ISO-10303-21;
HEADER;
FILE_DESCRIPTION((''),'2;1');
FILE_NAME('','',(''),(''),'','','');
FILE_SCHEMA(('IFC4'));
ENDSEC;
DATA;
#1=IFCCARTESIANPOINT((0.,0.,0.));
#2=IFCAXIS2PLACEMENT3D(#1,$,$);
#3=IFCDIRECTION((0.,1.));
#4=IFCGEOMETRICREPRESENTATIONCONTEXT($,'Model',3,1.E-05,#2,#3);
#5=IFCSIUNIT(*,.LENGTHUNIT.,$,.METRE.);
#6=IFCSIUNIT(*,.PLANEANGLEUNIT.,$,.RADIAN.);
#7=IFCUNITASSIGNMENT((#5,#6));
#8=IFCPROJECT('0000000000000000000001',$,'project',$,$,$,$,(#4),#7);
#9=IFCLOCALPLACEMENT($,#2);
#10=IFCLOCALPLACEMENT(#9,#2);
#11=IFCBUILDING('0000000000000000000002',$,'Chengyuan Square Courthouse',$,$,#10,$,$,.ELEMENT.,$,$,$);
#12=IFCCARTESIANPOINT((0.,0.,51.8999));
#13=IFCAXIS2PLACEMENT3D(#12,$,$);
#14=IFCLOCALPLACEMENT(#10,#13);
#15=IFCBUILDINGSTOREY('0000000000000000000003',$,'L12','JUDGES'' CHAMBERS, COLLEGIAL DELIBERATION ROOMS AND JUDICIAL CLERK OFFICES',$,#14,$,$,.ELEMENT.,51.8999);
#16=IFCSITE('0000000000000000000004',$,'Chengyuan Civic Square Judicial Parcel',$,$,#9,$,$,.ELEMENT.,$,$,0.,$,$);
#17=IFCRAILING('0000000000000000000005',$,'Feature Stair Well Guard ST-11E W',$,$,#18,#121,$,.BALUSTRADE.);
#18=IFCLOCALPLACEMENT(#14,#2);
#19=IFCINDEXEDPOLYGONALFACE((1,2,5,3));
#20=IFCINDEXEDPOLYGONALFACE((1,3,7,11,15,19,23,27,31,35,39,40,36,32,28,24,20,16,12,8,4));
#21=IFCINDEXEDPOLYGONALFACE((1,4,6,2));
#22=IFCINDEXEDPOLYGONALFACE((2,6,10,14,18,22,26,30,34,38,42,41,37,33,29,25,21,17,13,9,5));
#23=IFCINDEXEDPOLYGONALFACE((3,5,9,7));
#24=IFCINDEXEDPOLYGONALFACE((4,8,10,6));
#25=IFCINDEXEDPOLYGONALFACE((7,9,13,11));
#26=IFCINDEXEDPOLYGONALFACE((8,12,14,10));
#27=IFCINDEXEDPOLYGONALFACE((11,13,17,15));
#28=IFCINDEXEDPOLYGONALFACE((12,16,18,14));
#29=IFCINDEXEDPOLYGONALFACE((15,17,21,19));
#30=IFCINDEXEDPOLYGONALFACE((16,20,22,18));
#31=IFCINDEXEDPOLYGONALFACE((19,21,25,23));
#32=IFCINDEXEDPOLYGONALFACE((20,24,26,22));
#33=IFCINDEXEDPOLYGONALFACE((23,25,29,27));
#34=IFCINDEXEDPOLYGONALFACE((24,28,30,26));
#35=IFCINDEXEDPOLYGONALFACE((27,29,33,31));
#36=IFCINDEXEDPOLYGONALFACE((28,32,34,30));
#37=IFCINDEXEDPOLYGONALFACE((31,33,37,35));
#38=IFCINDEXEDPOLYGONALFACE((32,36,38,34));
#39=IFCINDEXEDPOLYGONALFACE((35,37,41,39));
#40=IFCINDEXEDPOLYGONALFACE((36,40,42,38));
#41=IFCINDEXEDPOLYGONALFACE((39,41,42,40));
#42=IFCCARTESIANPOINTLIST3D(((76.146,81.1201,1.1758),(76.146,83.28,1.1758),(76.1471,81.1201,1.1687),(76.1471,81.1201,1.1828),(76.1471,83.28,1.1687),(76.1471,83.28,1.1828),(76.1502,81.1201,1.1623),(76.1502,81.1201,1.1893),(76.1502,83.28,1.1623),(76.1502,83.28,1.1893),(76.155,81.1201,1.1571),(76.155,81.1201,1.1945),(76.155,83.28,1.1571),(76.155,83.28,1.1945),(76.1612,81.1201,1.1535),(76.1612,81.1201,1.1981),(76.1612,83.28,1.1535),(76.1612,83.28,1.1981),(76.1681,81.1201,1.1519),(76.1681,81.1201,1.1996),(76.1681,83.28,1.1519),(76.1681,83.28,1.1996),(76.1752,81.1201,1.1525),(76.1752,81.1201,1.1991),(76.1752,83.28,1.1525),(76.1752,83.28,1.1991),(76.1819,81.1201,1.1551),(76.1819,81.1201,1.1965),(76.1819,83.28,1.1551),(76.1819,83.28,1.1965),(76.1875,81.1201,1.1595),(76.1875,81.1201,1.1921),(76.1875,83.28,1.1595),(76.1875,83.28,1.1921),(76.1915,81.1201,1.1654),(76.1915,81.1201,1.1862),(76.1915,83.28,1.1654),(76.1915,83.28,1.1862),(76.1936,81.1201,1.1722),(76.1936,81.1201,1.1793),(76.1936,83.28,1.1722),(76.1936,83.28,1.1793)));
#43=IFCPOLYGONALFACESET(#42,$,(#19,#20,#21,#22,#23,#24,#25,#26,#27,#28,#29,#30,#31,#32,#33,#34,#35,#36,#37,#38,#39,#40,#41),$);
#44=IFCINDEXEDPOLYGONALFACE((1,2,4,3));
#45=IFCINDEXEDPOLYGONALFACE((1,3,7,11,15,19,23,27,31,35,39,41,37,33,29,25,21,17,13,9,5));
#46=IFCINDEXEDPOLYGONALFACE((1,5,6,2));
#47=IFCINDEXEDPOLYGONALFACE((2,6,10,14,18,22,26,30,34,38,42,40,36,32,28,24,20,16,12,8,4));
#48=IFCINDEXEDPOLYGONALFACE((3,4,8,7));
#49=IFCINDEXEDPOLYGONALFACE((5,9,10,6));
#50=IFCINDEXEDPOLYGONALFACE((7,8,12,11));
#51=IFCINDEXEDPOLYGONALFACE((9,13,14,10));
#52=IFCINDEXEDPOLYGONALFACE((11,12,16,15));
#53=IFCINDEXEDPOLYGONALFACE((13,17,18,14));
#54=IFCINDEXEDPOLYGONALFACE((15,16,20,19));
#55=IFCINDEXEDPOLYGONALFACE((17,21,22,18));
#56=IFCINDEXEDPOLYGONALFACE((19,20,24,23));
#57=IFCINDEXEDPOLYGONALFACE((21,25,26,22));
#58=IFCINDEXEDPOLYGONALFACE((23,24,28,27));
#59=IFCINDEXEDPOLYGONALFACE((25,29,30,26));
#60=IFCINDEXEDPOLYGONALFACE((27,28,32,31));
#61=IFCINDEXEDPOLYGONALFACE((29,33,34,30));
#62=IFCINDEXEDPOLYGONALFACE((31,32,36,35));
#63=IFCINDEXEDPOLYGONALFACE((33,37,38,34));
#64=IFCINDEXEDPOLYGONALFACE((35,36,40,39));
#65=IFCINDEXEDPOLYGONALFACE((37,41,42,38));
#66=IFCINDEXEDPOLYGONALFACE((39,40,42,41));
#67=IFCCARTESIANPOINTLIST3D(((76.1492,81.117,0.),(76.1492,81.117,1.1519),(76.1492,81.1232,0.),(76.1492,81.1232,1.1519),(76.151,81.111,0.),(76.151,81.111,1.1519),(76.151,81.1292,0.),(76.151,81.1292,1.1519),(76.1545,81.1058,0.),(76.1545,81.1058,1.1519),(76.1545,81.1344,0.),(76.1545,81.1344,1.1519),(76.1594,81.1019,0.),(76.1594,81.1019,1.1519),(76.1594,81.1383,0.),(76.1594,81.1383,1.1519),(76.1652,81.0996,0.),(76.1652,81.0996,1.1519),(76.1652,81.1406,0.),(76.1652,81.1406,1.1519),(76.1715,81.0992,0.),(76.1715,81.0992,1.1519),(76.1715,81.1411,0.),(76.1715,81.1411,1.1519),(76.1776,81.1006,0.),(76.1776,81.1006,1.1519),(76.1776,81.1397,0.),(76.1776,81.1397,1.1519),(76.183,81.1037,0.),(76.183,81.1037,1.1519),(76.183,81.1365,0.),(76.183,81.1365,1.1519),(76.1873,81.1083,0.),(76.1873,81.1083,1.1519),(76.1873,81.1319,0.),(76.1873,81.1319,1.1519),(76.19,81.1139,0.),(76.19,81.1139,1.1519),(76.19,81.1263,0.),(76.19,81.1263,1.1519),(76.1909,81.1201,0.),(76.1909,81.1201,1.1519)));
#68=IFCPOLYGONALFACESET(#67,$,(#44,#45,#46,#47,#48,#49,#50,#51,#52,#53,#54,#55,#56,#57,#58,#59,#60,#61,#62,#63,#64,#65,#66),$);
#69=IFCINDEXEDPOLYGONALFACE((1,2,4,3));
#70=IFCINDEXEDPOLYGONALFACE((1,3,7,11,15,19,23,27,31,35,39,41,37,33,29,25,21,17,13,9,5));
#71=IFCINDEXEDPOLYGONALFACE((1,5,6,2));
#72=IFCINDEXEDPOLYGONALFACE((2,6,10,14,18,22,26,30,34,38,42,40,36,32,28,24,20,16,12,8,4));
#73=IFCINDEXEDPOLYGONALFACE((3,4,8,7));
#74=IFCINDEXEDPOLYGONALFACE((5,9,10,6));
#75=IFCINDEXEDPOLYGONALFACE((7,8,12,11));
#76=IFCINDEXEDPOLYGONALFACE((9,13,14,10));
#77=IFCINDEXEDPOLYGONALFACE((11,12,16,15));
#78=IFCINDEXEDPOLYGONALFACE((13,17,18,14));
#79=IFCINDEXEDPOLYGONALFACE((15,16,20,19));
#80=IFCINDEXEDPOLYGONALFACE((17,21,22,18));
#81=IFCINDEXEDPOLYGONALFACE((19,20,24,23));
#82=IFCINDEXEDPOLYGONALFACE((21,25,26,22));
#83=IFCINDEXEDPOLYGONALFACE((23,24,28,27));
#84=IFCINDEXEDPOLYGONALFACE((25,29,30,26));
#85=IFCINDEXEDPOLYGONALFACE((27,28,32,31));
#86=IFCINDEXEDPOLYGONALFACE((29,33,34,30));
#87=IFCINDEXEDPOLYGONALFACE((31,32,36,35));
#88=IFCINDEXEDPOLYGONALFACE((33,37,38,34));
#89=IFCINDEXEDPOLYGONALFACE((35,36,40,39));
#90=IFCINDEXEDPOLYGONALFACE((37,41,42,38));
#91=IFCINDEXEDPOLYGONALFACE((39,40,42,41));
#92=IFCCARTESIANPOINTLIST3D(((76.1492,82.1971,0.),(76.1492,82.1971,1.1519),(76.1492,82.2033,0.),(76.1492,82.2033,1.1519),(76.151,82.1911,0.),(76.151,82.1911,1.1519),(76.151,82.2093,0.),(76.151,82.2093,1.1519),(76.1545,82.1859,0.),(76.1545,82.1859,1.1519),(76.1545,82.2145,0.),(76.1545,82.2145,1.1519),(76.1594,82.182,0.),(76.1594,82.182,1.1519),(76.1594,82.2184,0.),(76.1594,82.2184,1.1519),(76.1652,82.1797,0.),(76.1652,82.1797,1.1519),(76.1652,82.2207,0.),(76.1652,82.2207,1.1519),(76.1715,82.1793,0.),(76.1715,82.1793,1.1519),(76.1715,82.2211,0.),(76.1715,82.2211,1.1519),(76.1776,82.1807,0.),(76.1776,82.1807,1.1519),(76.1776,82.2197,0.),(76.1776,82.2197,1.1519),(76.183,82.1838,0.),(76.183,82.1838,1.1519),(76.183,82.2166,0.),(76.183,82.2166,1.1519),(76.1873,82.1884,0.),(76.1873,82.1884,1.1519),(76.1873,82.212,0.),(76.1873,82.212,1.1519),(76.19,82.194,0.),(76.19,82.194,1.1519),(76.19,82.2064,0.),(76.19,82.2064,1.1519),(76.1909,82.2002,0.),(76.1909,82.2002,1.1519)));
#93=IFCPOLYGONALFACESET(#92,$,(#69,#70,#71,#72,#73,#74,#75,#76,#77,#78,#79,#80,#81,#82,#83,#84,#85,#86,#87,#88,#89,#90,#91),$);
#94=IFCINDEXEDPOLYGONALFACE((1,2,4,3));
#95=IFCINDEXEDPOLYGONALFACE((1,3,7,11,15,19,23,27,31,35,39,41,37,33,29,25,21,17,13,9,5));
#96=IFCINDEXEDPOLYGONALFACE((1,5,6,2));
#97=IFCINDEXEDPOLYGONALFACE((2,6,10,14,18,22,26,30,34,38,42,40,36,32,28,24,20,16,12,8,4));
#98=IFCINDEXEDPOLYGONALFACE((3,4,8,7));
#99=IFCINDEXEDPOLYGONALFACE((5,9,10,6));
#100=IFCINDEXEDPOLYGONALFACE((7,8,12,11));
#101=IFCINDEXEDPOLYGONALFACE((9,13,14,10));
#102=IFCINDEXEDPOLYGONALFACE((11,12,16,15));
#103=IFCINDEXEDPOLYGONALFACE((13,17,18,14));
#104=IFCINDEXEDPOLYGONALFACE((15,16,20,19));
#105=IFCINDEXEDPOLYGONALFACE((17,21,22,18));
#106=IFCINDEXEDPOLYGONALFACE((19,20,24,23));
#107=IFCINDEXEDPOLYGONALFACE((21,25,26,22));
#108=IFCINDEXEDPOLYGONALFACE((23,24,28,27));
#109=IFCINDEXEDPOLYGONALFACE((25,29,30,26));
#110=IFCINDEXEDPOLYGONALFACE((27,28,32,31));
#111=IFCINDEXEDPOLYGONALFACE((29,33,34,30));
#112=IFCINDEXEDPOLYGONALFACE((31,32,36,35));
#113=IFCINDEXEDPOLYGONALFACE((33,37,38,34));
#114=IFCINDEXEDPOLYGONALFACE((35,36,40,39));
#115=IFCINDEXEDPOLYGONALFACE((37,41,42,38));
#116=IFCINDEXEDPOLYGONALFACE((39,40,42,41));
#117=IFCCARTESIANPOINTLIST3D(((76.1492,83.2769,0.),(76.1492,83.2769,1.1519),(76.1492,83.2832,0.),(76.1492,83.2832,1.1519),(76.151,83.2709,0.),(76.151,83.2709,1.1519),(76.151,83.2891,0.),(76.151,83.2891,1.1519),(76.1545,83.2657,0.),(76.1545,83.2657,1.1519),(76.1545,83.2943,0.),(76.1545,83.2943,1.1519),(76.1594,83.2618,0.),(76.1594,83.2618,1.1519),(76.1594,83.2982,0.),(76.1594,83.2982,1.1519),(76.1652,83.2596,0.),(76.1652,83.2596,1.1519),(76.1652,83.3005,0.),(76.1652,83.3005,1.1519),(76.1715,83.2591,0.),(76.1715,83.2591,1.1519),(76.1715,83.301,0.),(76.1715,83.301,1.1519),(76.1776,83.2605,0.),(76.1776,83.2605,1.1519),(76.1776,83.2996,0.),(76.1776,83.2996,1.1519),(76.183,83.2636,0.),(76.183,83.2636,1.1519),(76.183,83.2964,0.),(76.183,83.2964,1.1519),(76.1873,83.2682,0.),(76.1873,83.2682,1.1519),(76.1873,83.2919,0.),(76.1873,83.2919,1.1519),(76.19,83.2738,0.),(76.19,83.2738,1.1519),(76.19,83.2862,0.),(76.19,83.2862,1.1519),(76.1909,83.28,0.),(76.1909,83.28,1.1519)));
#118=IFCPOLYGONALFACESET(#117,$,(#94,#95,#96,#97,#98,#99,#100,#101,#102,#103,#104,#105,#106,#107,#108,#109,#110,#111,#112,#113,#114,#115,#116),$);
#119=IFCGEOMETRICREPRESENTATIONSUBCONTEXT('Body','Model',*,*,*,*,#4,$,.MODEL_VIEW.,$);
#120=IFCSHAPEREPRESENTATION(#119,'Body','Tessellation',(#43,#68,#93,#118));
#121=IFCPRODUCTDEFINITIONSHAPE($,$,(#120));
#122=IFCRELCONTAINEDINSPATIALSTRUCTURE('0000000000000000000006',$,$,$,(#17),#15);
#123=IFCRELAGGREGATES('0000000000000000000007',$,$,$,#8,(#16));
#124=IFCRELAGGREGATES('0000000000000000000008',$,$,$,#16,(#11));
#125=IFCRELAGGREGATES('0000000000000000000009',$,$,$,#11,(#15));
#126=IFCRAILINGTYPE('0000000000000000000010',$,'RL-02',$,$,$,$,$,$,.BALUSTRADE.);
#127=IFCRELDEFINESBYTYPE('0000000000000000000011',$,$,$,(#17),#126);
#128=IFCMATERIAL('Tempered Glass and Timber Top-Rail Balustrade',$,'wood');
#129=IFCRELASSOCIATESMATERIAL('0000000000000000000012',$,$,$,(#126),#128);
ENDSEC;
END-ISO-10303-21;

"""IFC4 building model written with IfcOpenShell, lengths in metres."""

from ifc_helpers import new_model, si_unit, direction, frame, origin, origin_2d, place, context, subcontext, project, spatial, circle, extrude, material, type_object, element, save


model = new_model("IFC4")

# Units and contexts
model_context = context("Model", 3, precision=1e-05, world=origin(), true_north=direction((0.0, 1.0)))
body_context = subcontext(model_context, "Body", "Model", "MODEL_VIEW")
ifc_project = project(units=[si_unit("LENGTHUNIT", "METRE"), si_unit("PLANEANGLEUNIT", "RADIAN")], contexts=[model_context])

# Site, building, storey
site_placement = place(None, origin())
site = spatial("IfcSite", under=ifc_project, at=site_placement, Name="Chengyuan Civic Square Judicial Parcel", CompositionType="ELEMENT", RefElevation=0.0)
building_placement = place(site_placement, origin())
building = spatial("IfcBuilding", under=site, at=building_placement, Name="Chengyuan Square Courthouse", CompositionType="ELEMENT")
storey_placement = place(building_placement, frame((0.0, 0.0, 51.8999)))
storey = spatial("IfcBuildingStorey", under=building, at=storey_placement, Name="L12", Description="JUDGES' CHAMBERS, COLLEGIAL DELIBERATION ROOMS AND JUDICIAL CLERK OFFICES", CompositionType="ELEMENT", Elevation=51.8999)

# Railing
ifc_material_1 = material(Name="Tempered Glass and Timber Top-Rail Balustrade", Category="wood")
railing_type = type_object("IfcRailingType", Name="RL-02", PredefinedType="BALUSTRADE", material=ifc_material_1)
railing_1_placement = place(storey_placement, frame((76.1699, 81.1201, 0.0)))
element("IfcRailing", 1, at=railing_1_placement, inside=storey, type_object=railing_type, Name="Feature Stair Well Guard ST-11E W", PredefinedType="BALUSTRADE", context=body_context, shape_type="SweptSolid", body=[
    extrude(circle(Radius=0.0239, at=origin_2d()), frame((0.0, 0.0, 1.1758), z_axis=(0.0, 1.0, 0.0), x_axis=(-1.0, 0.0, 0.0)), (0.0, 0.0, 1.0), 2.1599),
    extrude(circle(Radius=0.021, at=origin_2d()), origin(), (0.0, 0.0, 1.0), 1.1519),
    extrude(circle(Radius=0.021, at=origin_2d()), frame((0.0, 1.0801, 0.0)), (0.0, 0.0, 1.0), 1.1519),
    extrude(circle(Radius=0.021, at=origin_2d()), frame((0.0, 2.1599, 0.0)), (0.0, 0.0, 1.0), 1.1519),
])

save(model, "model.ifc")
